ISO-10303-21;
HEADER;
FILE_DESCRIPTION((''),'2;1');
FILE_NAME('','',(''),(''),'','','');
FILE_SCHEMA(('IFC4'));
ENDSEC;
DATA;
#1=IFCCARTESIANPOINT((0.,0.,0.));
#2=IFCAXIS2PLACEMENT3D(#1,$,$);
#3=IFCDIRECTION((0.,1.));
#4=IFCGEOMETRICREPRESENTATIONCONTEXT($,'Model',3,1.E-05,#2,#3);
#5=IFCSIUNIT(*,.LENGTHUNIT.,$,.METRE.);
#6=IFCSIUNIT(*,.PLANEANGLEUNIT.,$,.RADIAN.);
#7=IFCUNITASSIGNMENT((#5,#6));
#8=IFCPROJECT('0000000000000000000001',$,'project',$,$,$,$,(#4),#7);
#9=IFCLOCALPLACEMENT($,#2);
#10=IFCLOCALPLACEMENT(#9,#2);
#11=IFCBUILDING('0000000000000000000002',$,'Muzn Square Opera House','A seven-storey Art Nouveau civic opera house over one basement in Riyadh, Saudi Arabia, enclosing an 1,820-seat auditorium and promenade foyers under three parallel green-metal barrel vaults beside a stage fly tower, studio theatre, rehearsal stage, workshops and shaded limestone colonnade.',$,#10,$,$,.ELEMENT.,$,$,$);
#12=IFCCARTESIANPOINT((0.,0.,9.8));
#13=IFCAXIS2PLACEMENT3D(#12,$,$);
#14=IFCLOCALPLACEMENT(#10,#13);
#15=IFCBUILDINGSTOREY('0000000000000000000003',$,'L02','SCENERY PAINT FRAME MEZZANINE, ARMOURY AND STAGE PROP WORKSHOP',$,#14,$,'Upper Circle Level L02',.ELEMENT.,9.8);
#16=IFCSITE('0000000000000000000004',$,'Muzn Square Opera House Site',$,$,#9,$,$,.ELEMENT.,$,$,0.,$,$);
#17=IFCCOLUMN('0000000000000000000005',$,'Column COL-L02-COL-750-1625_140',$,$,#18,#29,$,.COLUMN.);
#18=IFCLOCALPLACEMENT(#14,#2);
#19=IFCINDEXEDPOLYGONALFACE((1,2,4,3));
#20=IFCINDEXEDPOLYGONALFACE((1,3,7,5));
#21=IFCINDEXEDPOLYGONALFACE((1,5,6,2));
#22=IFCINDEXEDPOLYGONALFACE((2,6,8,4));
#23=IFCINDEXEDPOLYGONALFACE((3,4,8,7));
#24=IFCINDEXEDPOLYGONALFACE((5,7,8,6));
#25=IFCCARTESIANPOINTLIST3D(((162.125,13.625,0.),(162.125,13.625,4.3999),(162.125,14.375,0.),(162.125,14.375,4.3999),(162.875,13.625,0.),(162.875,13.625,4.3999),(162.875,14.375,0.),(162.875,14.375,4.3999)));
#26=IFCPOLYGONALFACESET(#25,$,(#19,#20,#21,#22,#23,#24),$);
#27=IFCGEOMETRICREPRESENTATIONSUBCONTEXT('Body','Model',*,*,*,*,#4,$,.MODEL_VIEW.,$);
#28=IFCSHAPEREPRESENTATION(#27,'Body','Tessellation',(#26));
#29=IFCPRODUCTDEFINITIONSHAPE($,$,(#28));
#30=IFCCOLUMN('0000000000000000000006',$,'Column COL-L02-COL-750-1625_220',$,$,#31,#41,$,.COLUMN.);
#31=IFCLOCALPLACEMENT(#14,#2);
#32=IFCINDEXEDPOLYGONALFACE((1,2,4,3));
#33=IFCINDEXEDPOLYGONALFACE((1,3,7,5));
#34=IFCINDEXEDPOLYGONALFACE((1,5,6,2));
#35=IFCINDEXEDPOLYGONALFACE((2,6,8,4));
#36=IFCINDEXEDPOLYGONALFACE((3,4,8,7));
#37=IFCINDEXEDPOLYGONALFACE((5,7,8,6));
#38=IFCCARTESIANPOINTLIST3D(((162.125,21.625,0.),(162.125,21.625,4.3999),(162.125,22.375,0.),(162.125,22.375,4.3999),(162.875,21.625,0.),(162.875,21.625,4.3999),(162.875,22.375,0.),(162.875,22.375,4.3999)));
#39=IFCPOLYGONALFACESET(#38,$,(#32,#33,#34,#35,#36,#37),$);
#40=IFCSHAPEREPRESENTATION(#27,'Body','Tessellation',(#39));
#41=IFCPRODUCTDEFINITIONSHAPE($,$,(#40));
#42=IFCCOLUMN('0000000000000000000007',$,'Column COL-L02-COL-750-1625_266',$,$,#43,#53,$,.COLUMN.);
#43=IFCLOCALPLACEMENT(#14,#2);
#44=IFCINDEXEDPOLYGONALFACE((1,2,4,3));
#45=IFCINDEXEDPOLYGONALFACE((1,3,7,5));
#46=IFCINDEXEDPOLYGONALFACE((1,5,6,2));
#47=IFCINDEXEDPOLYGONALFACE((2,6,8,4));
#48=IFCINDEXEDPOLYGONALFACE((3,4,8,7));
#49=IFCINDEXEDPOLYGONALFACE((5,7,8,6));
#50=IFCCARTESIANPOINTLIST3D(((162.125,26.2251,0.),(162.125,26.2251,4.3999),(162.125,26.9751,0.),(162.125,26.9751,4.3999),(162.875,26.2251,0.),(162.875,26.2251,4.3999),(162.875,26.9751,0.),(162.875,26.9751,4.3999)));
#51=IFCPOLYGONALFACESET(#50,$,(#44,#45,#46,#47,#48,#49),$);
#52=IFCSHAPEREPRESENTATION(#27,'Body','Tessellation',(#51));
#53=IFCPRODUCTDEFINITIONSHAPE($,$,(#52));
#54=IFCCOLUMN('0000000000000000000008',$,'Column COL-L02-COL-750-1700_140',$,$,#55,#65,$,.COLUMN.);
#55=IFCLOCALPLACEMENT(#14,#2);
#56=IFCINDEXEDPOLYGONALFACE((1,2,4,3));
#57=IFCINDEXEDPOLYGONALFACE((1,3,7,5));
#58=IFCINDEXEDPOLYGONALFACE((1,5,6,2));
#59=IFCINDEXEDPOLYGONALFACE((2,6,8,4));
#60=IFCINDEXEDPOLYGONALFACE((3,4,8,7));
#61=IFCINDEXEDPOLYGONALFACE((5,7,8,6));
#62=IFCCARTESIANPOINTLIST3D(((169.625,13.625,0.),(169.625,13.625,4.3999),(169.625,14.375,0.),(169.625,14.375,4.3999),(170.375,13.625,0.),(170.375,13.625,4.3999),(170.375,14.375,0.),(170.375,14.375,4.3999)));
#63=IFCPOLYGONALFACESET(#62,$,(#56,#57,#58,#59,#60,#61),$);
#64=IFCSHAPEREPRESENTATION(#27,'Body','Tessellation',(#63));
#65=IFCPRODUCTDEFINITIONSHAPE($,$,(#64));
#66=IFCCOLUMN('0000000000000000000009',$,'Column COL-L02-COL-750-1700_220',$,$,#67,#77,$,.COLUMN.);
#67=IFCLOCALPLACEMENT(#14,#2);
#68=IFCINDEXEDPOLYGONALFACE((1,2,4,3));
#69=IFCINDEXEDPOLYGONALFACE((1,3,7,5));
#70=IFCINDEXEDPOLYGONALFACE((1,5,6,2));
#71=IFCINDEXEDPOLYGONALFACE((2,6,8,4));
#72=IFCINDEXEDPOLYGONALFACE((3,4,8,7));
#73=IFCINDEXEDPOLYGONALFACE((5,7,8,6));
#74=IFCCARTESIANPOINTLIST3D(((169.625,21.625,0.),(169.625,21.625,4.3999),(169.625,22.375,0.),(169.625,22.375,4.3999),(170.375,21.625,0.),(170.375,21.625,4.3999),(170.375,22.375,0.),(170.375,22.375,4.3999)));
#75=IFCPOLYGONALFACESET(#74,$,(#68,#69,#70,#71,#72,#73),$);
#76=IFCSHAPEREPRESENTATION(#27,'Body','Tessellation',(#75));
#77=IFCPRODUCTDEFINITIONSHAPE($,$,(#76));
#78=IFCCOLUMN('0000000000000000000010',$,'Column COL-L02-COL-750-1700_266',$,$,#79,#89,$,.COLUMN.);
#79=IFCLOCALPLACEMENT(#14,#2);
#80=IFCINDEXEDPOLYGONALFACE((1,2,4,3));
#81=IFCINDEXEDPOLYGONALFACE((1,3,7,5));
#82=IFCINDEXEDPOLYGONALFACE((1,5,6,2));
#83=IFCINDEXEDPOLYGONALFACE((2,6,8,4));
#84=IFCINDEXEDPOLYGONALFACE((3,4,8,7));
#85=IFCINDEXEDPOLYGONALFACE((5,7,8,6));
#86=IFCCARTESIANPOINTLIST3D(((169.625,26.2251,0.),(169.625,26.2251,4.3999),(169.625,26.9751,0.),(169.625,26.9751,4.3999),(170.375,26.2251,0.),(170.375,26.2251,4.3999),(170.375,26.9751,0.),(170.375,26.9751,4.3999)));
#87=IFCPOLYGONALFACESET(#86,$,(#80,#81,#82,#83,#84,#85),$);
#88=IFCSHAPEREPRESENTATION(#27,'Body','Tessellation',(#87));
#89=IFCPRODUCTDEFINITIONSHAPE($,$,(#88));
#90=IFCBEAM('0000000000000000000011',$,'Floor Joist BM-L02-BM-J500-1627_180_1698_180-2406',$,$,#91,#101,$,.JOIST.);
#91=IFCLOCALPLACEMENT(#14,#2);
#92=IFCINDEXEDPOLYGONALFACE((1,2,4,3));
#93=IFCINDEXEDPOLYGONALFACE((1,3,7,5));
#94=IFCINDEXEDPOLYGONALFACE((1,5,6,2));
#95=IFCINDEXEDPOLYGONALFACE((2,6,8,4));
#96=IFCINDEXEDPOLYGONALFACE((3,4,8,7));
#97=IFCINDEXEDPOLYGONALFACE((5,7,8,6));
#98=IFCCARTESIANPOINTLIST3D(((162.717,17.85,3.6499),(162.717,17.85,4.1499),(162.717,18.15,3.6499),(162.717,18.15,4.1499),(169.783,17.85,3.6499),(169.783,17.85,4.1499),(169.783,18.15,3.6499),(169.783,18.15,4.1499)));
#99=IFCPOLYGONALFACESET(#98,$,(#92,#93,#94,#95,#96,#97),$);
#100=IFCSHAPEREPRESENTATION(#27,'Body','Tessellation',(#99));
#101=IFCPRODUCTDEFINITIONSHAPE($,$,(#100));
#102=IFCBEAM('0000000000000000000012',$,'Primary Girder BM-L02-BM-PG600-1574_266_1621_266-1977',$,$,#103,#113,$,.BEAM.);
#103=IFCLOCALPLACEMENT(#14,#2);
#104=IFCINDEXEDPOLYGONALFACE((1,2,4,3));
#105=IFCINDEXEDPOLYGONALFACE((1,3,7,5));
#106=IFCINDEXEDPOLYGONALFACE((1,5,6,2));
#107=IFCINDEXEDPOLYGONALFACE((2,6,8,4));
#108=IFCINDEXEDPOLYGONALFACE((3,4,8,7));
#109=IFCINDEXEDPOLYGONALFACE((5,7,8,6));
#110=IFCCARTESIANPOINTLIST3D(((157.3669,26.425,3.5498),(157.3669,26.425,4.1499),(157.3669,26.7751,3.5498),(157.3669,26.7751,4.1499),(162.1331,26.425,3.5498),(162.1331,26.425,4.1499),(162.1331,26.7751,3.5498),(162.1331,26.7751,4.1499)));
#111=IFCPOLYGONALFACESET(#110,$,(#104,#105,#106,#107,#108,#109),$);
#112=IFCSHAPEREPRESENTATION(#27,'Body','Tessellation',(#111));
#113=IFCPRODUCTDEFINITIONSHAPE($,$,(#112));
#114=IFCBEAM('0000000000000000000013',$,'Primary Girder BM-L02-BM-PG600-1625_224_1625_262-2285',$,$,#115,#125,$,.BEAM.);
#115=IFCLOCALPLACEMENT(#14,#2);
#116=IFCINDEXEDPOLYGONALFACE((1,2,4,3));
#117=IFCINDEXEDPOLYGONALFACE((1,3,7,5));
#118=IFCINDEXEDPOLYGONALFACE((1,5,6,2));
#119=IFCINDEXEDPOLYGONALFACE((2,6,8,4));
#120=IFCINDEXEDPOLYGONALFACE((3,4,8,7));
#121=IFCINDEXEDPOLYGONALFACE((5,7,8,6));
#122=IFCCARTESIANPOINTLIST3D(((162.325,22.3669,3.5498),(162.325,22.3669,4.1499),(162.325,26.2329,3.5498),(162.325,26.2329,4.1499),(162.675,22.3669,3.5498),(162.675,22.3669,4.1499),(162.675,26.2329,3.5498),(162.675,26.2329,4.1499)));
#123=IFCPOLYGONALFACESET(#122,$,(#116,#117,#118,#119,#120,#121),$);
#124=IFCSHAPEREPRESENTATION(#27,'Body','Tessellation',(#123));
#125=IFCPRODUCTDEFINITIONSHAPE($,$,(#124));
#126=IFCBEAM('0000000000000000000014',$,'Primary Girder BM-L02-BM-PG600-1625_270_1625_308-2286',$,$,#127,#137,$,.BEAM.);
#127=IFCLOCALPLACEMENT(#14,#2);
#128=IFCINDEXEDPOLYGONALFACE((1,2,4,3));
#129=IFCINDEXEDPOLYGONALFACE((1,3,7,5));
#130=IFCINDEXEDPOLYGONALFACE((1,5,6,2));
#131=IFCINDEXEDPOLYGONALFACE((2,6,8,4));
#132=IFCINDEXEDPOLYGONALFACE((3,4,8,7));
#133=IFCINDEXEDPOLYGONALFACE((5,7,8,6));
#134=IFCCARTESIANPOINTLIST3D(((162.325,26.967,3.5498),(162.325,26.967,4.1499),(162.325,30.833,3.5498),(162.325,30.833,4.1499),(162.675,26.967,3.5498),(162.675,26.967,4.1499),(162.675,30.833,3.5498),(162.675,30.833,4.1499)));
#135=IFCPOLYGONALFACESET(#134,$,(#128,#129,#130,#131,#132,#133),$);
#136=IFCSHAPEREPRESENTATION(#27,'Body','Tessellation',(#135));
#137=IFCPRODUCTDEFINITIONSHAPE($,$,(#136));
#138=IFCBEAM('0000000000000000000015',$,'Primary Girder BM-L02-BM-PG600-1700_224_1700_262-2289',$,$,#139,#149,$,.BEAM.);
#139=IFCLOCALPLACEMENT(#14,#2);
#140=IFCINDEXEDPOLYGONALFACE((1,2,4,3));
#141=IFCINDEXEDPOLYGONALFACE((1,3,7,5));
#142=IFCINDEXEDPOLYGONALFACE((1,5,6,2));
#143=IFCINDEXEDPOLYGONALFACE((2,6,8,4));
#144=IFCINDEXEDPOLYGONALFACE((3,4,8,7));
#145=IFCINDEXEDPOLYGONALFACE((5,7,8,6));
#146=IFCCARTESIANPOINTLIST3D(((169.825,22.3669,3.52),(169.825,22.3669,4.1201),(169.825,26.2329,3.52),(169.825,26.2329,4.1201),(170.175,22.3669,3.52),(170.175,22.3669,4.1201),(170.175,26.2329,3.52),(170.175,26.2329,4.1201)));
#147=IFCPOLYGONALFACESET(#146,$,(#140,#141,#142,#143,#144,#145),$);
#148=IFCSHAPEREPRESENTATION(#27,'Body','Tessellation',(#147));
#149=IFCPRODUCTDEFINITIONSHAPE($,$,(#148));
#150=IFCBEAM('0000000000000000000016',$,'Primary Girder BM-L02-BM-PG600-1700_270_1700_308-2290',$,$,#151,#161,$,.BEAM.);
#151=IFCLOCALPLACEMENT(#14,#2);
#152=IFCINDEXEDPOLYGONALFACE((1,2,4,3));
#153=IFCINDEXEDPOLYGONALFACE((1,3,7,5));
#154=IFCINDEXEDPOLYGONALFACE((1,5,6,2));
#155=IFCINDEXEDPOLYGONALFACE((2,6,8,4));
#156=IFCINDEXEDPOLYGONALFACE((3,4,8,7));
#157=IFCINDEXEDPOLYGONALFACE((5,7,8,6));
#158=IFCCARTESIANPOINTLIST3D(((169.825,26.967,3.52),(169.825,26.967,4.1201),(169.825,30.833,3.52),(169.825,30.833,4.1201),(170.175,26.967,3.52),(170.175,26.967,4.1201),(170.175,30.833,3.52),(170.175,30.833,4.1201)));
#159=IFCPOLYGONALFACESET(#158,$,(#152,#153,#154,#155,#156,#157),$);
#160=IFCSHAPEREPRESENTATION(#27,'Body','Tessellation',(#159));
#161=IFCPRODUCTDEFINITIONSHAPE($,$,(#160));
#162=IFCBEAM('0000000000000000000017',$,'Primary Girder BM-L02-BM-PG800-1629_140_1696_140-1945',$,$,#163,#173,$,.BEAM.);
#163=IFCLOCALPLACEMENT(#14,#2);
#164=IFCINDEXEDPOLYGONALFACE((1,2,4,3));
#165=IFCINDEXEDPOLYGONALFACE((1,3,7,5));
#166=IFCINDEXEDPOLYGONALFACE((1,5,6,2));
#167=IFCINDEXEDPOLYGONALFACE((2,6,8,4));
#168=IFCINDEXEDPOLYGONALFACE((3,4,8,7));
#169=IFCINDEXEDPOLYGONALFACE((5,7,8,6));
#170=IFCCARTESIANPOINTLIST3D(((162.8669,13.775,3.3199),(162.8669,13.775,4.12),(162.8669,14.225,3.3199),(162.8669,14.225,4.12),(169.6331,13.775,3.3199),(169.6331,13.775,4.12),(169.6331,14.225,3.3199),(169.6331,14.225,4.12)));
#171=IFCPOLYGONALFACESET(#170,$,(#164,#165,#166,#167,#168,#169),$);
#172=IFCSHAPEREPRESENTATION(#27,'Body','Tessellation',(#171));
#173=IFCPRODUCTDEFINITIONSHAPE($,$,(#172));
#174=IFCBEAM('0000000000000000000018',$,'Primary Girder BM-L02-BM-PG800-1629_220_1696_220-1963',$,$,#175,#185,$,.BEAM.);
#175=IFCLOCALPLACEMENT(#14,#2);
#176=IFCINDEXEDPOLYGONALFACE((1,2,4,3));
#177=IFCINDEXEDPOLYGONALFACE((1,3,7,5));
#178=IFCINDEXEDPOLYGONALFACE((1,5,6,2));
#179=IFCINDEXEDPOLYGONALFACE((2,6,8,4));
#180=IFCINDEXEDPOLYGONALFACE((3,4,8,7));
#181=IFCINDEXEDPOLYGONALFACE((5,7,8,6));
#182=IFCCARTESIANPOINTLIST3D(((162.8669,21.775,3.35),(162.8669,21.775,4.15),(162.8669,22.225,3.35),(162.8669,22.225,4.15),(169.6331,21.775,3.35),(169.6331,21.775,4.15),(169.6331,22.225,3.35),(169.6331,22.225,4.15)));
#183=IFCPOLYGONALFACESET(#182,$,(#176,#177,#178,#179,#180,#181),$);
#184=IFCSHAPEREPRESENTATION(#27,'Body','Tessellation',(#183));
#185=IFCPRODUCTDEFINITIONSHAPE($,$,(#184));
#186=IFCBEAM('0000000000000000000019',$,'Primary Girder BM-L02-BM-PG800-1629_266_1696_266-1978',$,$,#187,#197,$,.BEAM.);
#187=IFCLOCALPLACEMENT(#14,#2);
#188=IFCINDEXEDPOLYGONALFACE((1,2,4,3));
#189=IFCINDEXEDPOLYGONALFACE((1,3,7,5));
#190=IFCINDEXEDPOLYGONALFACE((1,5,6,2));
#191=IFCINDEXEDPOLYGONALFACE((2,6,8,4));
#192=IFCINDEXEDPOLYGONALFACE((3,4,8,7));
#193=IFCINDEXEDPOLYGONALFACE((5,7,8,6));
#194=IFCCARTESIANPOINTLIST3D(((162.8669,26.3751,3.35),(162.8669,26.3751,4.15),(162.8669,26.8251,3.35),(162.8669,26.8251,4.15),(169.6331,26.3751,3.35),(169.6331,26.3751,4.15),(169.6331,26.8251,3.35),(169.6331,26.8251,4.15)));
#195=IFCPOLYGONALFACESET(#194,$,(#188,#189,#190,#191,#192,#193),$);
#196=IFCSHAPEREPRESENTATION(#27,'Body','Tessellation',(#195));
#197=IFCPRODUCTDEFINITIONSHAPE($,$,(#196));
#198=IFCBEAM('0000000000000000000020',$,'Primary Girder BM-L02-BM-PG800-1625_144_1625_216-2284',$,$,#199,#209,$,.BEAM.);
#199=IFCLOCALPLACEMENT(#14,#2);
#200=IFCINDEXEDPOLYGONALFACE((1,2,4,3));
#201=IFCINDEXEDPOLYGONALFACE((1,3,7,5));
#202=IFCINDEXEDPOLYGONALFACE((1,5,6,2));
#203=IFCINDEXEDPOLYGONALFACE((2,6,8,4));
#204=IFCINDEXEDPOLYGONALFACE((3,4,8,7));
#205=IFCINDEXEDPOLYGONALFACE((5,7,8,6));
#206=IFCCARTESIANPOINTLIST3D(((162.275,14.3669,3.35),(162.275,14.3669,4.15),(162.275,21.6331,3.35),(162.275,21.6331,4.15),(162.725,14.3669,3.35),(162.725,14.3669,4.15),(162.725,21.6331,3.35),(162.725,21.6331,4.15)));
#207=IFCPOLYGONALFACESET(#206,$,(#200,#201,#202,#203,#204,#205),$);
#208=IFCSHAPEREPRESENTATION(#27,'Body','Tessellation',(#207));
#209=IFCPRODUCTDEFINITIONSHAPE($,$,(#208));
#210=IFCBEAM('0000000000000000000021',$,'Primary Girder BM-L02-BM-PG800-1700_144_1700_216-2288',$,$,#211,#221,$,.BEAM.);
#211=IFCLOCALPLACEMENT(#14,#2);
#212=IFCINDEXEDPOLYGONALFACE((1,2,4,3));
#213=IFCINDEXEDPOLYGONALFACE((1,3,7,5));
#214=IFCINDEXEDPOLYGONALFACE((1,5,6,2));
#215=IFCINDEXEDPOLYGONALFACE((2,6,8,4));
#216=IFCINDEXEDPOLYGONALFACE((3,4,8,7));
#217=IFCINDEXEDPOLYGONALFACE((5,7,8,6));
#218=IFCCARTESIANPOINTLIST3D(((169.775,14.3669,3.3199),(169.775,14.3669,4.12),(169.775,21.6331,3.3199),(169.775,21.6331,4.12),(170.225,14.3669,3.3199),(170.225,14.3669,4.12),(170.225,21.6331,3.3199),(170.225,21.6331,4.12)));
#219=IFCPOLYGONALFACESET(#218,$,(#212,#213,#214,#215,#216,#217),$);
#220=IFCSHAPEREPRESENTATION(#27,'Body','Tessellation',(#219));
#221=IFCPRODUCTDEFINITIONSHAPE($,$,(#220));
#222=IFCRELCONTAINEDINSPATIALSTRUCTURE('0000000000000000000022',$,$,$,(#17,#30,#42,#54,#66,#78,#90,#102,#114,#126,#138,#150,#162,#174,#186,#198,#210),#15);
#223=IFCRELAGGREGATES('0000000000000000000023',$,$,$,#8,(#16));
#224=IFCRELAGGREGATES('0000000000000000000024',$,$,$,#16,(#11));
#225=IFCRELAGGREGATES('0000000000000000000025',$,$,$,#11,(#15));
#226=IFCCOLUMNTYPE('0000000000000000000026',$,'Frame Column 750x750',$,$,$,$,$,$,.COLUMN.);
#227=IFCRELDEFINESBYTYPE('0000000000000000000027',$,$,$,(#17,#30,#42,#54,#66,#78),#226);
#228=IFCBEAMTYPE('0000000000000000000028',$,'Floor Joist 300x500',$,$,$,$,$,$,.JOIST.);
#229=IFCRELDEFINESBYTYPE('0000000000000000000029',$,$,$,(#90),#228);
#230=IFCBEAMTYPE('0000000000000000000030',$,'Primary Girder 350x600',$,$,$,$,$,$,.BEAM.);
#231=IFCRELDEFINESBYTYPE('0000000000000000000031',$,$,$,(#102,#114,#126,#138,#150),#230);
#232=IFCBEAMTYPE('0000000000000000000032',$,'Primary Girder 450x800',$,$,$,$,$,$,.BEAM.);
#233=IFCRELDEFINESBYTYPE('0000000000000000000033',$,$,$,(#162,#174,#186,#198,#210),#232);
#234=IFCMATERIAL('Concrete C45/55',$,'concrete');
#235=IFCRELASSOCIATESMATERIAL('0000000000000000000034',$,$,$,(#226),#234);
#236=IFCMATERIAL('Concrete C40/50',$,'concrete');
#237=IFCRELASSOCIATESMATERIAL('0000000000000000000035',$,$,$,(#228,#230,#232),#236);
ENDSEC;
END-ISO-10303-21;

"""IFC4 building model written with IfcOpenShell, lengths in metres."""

from ifc_helpers import new_model, si_unit, direction, frame, origin, origin_2d, place, context, subcontext, project, spatial, rectangle, extrude, material, material_profile, profile_set, type_object, element, save


model = new_model("IFC4")

# Units and contexts
model_context = context("Model", 3, precision=1e-05, world=origin(), true_north=direction((0.0, 1.0)))
body_context = subcontext(model_context, "Body", "Model", "MODEL_VIEW")
ifc_project = project(units=[si_unit("LENGTHUNIT", "METRE"), si_unit("PLANEANGLEUNIT", "RADIAN")], contexts=[model_context])

# Site, building, storey
site_placement = place(None, origin())
site = spatial("IfcSite", under=ifc_project, at=site_placement, Name="Muzn Square Opera House Site", CompositionType="ELEMENT", RefElevation=0.0)
building_placement = place(site_placement, origin())
building = spatial("IfcBuilding", under=site, at=building_placement, Name="Muzn Square Opera House", Description="A seven-storey Art Nouveau civic opera house over one basement in Riyadh, Saudi Arabia, enclosing an 1,820-seat auditorium and promenade foyers under three parallel green-metal barrel vaults beside a stage fly tower, studio theatre, rehearsal stage, workshops and shaded limestone colonnade.", CompositionType="ELEMENT")
storey_placement = place(building_placement, frame((0.0, 0.0, 9.8)))
storey = spatial("IfcBuildingStorey", under=building, at=storey_placement, Name="L02", Description="SCENERY PAINT FRAME MEZZANINE, ARMOURY AND STAGE PROP WORKSHOP", LongName="Upper Circle Level L02", CompositionType="ELEMENT", Elevation=9.8)

# Columns
ifc_material_1 = material(Name="Concrete C45/55", Category="concrete")
ifc_material_profile_1 = material_profile(ifc_material_1, rectangle(XDim=0.75, YDim=0.75, at=origin_2d()), Name="RC 750x750", Category="concrete")
ifc_profile_set_1 = profile_set([ifc_material_profile_1], Name="Concrete C45/55")
column_type = type_object("IfcColumnType", Name="Frame Column 750x750", PredefinedType="COLUMN", material=ifc_profile_set_1)
for number, where, z_axis, x_axis, name in (
    (1, (162.5, 14.0, 0.0), (0.0, 0.0, 1.0), (1.0, 0.0, 0.0), "Column COL-L02-COL-750-1625_140"),
    (2, (162.5, 22.0, 0.0), (0.0, 0.0, 1.0), (1.0, 0.0, 0.0), "Column COL-L02-COL-750-1625_220"),
    (3, (162.5, 26.6001, 0.0), (0.0, 0.0, 1.0), (1.0, 0.0, 0.0), "Column COL-L02-COL-750-1625_266"),
    (4, (170.0, 14.0, 0.0), (0.0, 0.0, 1.0), (1.0, 0.0, 0.0), "Column COL-L02-COL-750-1700_140"),
    (5, (170.0, 22.0, 0.0), (0.0, 0.0, 1.0), (1.0, 0.0, 0.0), "Column COL-L02-COL-750-1700_220"),
    (6, (170.0, 26.6001, 0.0), (0.0, 0.0, 1.0), (1.0, 0.0, 0.0), "Column COL-L02-COL-750-1700_266"),
):
    element("IfcColumn", number, at=place(storey_placement, frame(where, z_axis=z_axis, x_axis=x_axis)), inside=storey, type_object=column_type, Name=name, PredefinedType="COLUMN", context=body_context, shape_type="SweptSolid", body=[
        extrude(rectangle(XDim=0.75, YDim=0.75, at=origin_2d()), origin(), (0.0, 0.0, 1.0), 4.3999),
    ])

# Beams
ifc_material_2 = material(Name="Concrete C40/50", Category="concrete")
ifc_material_profile_2 = material_profile(ifc_material_2, rectangle(XDim=0.3, YDim=0.5, at=origin_2d()), Name="RCJ 300x500", Category="concrete")
ifc_profile_set_2 = profile_set([ifc_material_profile_2], Name="Concrete C40/50")
beam_type_1 = type_object("IfcBeamType", Name="Floor Joist 300x500", PredefinedType="JOIST", material=ifc_profile_set_2)
beam_1_placement = place(storey_placement, frame((162.717, 18.0, 3.8999), z_axis=(1.0, 0.0, 0.0), x_axis=(0.0, 1.0, 0.0)))
element("IfcBeam", 7, at=beam_1_placement, inside=storey, type_object=beam_type_1, Name="Floor Joist BM-L02-BM-J500-1627_180_1698_180-2406", PredefinedType="JOIST", context=body_context, shape_type="SweptSolid", body=[
    extrude(rectangle(XDim=0.3, YDim=0.5, at=origin_2d()), origin(), (0.0, 0.0, 1.0), 7.0659),
])
ifc_material_profile_3 = material_profile(ifc_material_2, rectangle(XDim=0.3501, YDim=0.6001, at=origin_2d()), Name="RCB 350x600", Category="concrete")
ifc_profile_set_3 = profile_set([ifc_material_profile_3], Name="Concrete C40/50")
beam_type_2 = type_object("IfcBeamType", Name="Primary Girder 350x600", PredefinedType="BEAM", material=ifc_profile_set_3)
beam_2_placement = place(storey_placement, frame((157.3669, 26.6001, 3.8499), z_axis=(1.0, 0.0, 0.0), x_axis=(0.0, 1.0, 0.0)))
element("IfcBeam", 8, at=beam_2_placement, inside=storey, type_object=beam_type_2, Name="Primary Girder BM-L02-BM-PG600-1574_266_1621_266-1977", PredefinedType="BEAM", context=body_context, shape_type="SweptSolid", body=[
    extrude(rectangle(XDim=0.3501, YDim=0.6001, at=origin_2d()), origin(), (0.0, 0.0, 1.0), 4.7661),
])
for number, where, z_axis, x_axis, name in (
    (9, (162.5, 22.3669, 3.8499), (0.0, 1.0, 0.0), (-1.0, 0.0, 0.0), "Primary Girder BM-L02-BM-PG600-1625_224_1625_262-2285"),
    (10, (162.5, 26.967, 3.8499), (0.0, 1.0, 0.0), (-1.0, 0.0, 0.0), "Primary Girder BM-L02-BM-PG600-1625_270_1625_308-2286"),
    (11, (170.0, 22.3669, 3.8201), (0.0, 1.0, 0.0), (-1.0, 0.0, 0.0), "Primary Girder BM-L02-BM-PG600-1700_224_1700_262-2289"),
    (12, (170.0, 26.967, 3.8201), (0.0, 1.0, 0.0), (-1.0, 0.0, 0.0), "Primary Girder BM-L02-BM-PG600-1700_270_1700_308-2290"),
):
    element("IfcBeam", number, at=place(storey_placement, frame(where, z_axis=z_axis, x_axis=x_axis)), inside=storey, type_object=beam_type_2, Name=name, PredefinedType="BEAM", context=body_context, shape_type="SweptSolid", body=[
        extrude(rectangle(XDim=0.3501, YDim=0.6001, at=origin_2d()), origin(), (0.0, 0.0, 1.0), 3.866),
    ])
ifc_material_profile_4 = material_profile(ifc_material_2, rectangle(XDim=0.45, YDim=0.8, at=origin_2d()), Name="RCB 450x800", Category="concrete")
ifc_profile_set_4 = profile_set([ifc_material_profile_4], Name="Concrete C40/50")
beam_type_3 = type_object("IfcBeamType", Name="Primary Girder 450x800", PredefinedType="BEAM", material=ifc_profile_set_4)
for number, where, z_axis, x_axis, name in (
    (13, (162.8669, 14.0, 3.72), (1.0, 0.0, 0.0), (0.0, 1.0, 0.0), "Primary Girder BM-L02-BM-PG800-1629_140_1696_140-1945"),
    (14, (162.8669, 22.0, 3.75), (1.0, 0.0, 0.0), (0.0, 1.0, 0.0), "Primary Girder BM-L02-BM-PG800-1629_220_1696_220-1963"),
    (15, (162.8669, 26.6001, 3.75), (1.0, 0.0, 0.0), (0.0, 1.0, 0.0), "Primary Girder BM-L02-BM-PG800-1629_266_1696_266-1978"),
):
    element("IfcBeam", number, at=place(storey_placement, frame(where, z_axis=z_axis, x_axis=x_axis)), inside=storey, type_object=beam_type_3, Name=name, PredefinedType="BEAM", context=body_context, shape_type="SweptSolid", body=[
        extrude(rectangle(XDim=0.45, YDim=0.8, at=origin_2d()), origin(), (0.0, 0.0, 1.0), 6.7661),
    ])
for number, where, z_axis, x_axis, name in (
    (16, (162.5, 14.3669, 3.75), (0.0, 1.0, 0.0), (-1.0, 0.0, 0.0), "Primary Girder BM-L02-BM-PG800-1625_144_1625_216-2284"),
    (17, (170.0, 14.3669, 3.72), (0.0, 1.0, 0.0), (-1.0, 0.0, 0.0), "Primary Girder BM-L02-BM-PG800-1700_144_1700_216-2288"),
):
    element("IfcBeam", number, at=place(storey_placement, frame(where, z_axis=z_axis, x_axis=x_axis)), inside=storey, type_object=beam_type_3, Name=name, PredefinedType="BEAM", context=body_context, shape_type="SweptSolid", body=[
        extrude(rectangle(XDim=0.45, YDim=0.8, at=origin_2d()), origin(), (0.0, 0.0, 1.0), 7.2661),
    ])

save(model, "model.ifc")
